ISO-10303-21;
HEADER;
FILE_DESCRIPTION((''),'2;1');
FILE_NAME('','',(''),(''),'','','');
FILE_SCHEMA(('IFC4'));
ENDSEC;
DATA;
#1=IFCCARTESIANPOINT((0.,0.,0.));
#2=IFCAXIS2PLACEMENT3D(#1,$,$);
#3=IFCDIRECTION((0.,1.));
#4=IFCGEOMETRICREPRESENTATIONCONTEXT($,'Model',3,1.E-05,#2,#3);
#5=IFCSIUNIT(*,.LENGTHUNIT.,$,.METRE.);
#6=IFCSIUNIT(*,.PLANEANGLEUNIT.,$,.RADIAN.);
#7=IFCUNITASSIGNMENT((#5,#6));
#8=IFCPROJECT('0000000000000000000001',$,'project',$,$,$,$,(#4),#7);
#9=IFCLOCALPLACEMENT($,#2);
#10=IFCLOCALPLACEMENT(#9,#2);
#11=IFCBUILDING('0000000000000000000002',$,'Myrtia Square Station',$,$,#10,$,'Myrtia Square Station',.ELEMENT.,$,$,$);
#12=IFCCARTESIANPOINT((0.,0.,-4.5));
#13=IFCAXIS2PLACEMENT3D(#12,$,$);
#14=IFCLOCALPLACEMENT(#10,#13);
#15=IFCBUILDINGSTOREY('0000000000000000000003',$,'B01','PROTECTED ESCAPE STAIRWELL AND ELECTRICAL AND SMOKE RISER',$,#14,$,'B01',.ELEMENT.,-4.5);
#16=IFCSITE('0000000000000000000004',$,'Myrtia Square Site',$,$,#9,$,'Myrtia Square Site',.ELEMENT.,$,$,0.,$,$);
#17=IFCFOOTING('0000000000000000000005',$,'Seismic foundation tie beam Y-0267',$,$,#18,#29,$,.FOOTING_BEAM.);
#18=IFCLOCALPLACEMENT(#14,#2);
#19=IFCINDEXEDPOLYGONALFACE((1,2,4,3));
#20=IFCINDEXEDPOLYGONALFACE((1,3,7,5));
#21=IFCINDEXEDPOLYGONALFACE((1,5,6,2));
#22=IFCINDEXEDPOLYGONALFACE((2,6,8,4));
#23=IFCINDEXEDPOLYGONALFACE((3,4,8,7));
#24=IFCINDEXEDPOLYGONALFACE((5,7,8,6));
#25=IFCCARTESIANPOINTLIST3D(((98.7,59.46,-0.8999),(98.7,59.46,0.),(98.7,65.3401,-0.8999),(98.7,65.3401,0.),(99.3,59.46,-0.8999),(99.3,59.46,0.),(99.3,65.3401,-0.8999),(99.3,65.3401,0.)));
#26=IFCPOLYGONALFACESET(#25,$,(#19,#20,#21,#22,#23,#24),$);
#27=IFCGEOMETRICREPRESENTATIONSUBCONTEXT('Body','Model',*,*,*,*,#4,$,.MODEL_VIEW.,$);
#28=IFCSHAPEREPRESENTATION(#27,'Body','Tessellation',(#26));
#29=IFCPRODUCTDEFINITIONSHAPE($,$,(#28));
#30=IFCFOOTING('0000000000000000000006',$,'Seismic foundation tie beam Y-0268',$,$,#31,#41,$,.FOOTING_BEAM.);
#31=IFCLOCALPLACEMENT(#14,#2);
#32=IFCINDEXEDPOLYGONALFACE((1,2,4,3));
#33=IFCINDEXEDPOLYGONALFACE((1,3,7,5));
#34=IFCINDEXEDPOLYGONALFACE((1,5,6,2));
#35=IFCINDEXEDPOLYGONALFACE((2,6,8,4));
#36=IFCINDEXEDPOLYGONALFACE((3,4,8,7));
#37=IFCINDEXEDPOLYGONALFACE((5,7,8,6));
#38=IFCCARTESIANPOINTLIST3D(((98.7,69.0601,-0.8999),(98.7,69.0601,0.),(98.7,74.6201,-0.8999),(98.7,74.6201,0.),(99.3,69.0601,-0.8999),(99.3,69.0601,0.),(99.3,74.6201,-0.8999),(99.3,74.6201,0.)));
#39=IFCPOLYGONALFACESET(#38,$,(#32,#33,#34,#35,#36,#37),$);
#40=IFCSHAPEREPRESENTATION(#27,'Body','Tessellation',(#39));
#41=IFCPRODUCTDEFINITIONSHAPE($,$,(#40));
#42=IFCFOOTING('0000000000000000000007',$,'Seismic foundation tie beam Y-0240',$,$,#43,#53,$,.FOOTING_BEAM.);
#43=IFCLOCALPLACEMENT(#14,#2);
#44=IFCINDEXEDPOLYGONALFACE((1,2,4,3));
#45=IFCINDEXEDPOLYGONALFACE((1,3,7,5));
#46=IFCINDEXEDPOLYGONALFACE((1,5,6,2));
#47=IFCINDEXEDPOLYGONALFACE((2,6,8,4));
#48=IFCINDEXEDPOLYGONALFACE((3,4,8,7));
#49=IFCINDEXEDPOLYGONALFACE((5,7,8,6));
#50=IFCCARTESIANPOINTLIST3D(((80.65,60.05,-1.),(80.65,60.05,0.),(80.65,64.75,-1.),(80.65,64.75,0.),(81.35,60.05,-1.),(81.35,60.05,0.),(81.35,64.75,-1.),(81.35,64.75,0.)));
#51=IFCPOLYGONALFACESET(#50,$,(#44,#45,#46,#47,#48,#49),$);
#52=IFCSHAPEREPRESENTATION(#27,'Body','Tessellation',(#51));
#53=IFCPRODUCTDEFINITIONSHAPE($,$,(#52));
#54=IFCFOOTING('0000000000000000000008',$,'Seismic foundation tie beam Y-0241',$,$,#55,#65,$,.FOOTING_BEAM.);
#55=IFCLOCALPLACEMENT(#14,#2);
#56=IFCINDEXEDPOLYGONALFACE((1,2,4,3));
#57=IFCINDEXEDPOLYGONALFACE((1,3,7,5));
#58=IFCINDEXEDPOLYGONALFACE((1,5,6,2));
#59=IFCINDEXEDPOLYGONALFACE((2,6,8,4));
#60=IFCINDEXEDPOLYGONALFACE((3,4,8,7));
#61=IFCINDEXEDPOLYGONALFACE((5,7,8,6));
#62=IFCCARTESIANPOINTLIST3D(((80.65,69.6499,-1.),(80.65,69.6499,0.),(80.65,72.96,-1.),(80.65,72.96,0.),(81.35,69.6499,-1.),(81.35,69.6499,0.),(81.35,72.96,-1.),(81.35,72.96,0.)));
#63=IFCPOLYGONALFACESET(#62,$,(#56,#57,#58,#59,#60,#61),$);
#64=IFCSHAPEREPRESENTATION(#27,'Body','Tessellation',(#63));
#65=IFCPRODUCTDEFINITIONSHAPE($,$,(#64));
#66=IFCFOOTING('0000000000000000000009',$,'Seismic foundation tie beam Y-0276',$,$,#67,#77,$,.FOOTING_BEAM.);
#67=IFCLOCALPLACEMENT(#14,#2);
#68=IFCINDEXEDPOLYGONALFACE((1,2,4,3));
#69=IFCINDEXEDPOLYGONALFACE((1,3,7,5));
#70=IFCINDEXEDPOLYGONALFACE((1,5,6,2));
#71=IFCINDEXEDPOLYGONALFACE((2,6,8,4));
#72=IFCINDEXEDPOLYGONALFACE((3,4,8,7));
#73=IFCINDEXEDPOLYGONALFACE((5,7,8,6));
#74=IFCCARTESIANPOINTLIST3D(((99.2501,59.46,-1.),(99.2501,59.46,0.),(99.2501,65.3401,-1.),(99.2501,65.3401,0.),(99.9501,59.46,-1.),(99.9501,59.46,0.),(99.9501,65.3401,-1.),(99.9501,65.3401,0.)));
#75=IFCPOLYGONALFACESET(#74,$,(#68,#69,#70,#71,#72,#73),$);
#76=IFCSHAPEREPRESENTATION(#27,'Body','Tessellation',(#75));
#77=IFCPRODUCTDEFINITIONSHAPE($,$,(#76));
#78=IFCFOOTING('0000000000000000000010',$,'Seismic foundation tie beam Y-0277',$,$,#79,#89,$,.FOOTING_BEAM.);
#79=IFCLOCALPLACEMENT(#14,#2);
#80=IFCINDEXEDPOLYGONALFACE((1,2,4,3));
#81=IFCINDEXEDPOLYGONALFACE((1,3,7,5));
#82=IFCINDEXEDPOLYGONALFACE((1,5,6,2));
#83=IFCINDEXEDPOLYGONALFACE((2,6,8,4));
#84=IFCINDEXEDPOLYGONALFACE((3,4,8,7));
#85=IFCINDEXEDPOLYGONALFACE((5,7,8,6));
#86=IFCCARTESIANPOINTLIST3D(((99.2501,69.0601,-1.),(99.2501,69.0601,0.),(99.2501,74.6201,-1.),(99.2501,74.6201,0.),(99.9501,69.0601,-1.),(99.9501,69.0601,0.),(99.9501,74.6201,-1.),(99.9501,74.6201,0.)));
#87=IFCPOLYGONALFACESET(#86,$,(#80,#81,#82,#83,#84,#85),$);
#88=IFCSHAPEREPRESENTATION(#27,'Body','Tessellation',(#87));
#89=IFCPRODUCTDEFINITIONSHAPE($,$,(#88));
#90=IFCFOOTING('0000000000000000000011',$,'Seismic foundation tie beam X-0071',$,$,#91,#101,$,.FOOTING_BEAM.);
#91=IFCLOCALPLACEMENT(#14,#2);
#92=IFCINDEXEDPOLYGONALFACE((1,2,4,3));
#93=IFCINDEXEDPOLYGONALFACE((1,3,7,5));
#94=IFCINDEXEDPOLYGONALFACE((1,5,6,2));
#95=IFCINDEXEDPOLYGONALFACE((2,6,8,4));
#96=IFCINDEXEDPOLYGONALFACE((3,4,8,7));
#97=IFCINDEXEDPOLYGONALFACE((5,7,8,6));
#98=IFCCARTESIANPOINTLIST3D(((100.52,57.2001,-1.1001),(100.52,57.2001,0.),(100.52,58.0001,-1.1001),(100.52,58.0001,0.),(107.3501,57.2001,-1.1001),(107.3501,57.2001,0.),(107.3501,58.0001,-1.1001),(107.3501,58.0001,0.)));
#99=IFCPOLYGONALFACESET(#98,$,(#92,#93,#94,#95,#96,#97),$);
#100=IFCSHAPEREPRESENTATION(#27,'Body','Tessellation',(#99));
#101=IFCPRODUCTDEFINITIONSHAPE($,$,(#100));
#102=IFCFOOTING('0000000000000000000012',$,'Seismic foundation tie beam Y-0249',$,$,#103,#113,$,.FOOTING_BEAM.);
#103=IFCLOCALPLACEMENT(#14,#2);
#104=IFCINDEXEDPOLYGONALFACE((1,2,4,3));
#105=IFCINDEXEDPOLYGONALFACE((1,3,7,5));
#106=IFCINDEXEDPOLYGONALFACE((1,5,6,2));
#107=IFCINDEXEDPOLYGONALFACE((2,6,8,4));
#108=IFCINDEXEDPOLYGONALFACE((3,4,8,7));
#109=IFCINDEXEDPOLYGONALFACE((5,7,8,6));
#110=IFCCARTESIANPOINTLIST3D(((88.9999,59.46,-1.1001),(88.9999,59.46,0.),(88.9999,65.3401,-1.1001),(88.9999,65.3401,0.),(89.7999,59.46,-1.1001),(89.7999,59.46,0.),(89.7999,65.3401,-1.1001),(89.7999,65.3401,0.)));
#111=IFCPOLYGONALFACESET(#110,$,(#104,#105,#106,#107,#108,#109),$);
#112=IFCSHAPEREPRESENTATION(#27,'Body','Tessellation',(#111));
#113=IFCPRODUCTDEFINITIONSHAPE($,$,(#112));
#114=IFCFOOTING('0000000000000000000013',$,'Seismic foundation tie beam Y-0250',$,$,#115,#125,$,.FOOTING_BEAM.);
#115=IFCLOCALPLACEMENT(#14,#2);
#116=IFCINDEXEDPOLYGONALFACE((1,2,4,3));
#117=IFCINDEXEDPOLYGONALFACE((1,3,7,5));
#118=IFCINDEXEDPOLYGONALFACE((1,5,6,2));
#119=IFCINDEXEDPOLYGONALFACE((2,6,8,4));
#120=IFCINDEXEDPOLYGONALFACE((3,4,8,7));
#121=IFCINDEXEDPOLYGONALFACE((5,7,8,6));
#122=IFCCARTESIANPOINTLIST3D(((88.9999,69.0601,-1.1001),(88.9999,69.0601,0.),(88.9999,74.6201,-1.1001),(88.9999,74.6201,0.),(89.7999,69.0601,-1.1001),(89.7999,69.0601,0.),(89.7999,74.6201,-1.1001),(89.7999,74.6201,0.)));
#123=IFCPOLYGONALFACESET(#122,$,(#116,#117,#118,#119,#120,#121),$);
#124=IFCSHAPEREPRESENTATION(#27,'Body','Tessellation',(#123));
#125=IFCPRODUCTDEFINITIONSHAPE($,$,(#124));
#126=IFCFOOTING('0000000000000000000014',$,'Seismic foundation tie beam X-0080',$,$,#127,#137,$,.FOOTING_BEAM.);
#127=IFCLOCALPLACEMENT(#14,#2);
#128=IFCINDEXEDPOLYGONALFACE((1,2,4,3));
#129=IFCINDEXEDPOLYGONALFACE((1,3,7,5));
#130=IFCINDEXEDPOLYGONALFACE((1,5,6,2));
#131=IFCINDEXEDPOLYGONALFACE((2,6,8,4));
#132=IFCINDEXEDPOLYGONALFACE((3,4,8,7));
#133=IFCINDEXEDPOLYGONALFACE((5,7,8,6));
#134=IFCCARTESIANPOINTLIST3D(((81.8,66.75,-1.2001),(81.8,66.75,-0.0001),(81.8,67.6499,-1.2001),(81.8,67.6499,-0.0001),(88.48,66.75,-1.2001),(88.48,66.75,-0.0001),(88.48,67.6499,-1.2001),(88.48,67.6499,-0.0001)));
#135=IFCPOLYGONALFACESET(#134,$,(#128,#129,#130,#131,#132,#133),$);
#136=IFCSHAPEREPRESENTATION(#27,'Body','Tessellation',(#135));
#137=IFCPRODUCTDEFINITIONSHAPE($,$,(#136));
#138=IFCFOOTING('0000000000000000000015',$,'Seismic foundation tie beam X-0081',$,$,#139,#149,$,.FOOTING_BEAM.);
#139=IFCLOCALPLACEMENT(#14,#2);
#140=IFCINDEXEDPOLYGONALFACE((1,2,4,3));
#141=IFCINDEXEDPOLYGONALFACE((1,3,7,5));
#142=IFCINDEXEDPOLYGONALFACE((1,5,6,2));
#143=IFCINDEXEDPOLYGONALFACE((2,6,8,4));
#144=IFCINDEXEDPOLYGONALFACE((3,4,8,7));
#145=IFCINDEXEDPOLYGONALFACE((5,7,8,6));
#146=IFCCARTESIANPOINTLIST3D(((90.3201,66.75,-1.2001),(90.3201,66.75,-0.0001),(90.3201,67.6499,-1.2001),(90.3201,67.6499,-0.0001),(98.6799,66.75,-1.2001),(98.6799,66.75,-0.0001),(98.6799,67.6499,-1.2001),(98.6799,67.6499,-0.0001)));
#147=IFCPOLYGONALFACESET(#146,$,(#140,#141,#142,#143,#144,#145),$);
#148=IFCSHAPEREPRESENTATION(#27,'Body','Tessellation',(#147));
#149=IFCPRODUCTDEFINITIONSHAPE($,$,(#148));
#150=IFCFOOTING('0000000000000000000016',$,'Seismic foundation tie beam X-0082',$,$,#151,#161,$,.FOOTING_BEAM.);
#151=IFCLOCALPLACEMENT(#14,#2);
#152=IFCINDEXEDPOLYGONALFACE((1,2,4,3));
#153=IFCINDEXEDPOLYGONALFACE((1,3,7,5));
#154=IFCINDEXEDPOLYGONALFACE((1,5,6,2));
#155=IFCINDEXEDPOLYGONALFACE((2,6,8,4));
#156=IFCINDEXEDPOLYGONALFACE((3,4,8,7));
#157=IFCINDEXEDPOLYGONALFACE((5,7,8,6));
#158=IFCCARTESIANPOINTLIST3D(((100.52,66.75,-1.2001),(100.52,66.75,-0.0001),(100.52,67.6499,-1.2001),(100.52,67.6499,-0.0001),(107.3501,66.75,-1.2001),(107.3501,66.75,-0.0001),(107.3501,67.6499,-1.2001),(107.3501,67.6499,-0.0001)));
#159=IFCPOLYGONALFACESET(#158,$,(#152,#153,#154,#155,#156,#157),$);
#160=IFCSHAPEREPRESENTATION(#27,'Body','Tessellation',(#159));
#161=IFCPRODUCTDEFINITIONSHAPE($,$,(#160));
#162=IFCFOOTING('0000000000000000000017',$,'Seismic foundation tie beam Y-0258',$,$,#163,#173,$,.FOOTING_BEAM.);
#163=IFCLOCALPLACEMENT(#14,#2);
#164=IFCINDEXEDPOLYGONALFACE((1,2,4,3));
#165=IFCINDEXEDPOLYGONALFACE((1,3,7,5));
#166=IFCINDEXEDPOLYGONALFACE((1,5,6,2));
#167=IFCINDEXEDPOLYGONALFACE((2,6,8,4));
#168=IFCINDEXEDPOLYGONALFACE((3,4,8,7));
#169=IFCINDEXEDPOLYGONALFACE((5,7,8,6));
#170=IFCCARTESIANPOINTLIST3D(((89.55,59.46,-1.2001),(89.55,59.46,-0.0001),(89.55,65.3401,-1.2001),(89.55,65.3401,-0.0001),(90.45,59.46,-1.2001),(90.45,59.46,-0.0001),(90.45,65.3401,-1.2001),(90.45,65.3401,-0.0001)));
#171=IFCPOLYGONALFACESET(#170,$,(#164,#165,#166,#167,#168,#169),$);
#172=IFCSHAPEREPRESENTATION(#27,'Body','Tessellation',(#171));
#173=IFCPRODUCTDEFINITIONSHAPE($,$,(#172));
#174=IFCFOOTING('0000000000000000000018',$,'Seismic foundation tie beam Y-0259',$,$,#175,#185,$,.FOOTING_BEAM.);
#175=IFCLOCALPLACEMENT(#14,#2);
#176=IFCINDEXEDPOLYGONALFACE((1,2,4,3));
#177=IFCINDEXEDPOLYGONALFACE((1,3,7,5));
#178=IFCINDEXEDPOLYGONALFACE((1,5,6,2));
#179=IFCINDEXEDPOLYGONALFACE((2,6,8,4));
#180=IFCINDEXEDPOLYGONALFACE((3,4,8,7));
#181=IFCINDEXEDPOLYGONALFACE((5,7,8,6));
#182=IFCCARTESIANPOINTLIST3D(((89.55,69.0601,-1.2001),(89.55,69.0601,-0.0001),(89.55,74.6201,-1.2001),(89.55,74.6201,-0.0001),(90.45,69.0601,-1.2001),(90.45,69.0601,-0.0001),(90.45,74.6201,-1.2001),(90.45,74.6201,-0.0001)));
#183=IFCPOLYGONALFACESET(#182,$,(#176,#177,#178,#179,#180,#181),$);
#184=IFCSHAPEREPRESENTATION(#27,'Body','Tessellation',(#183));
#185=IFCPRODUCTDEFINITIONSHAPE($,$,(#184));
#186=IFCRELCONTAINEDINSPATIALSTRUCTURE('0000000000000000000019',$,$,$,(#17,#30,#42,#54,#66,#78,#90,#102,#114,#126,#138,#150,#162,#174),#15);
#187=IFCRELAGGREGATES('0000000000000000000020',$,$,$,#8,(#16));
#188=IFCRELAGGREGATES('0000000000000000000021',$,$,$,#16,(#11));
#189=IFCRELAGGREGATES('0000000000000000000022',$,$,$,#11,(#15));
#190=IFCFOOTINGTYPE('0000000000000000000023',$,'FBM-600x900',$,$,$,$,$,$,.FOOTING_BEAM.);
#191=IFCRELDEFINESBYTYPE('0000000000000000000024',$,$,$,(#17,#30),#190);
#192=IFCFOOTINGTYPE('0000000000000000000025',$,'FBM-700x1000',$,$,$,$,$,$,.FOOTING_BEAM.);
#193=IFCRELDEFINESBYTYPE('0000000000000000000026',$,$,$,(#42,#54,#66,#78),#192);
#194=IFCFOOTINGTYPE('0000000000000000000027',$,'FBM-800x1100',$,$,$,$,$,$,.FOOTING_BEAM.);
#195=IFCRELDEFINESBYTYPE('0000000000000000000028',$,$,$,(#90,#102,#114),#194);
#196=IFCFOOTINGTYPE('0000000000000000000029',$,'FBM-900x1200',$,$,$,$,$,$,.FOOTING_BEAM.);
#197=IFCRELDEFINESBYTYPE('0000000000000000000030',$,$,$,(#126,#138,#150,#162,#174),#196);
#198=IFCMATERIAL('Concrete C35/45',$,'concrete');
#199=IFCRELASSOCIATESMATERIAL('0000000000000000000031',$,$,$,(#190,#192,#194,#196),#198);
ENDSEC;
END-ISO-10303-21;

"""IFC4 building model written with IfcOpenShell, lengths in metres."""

from ifc_helpers import new_model, si_unit, direction, frame, origin, origin_2d, place, context, subcontext, project, spatial, rectangle, extrude, material, material_profile, profile_set, type_object, element, save


model = new_model("IFC4")

# Units and contexts
model_context = context("Model", 3, precision=1e-05, world=origin(), true_north=direction((0.0, 1.0)))
body_context = subcontext(model_context, "Body", "Model", "MODEL_VIEW")
ifc_project = project(units=[si_unit("LENGTHUNIT", "METRE"), si_unit("PLANEANGLEUNIT", "RADIAN")], contexts=[model_context])

# Site, building, storey
site_placement = place(None, origin())
site = spatial("IfcSite", under=ifc_project, at=site_placement, Name="Myrtia Square Site", LongName="Myrtia Square Site", CompositionType="ELEMENT", RefElevation=0.0)
building_placement = place(site_placement, origin())
building = spatial("IfcBuilding", under=site, at=building_placement, Name="Myrtia Square Station", LongName="Myrtia Square Station", CompositionType="ELEMENT")
storey_placement = place(building_placement, frame((0.0, 0.0, -4.5)))
storey = spatial("IfcBuildingStorey", under=building, at=storey_placement, Name="B01", Description="PROTECTED ESCAPE STAIRWELL AND ELECTRICAL AND SMOKE RISER", LongName="B01", CompositionType="ELEMENT", Elevation=-4.5)

# Footings
ifc_material_1 = material(Name="Concrete C35/45", Category="concrete")
ifc_material_profile_1 = material_profile(ifc_material_1, rectangle(XDim=0.6001, YDim=0.8999, at=origin_2d()), Name="FB 600x900")
ifc_profile_set_1 = profile_set([ifc_material_profile_1], Name="Concrete C35/45")
footing_type_1 = type_object("IfcFootingType", Name="FBM-600x900", PredefinedType="FOOTING_BEAM", material=ifc_profile_set_1)
footing_1_placement = place(storey_placement, frame((99.0, 59.46, -0.45), z_axis=(0.0, 1.0, 0.0), x_axis=(-1.0, 0.0, 0.0)))
element("IfcFooting", 1, at=footing_1_placement, inside=storey, type_object=footing_type_1, Name="Seismic foundation tie beam Y-0267", PredefinedType="FOOTING_BEAM", context=body_context, shape_type="SweptSolid", body=[
    extrude(rectangle(XDim=0.6001, YDim=0.8999, at=origin_2d()), origin(), (0.0, 0.0, 1.0), 5.8801),
])
footing_2_placement = place(storey_placement, frame((99.0, 69.0601, -0.45), z_axis=(0.0, 1.0, 0.0), x_axis=(-1.0, 0.0, 0.0)))
element("IfcFooting", 2, at=footing_2_placement, inside=storey, type_object=footing_type_1, Name="Seismic foundation tie beam Y-0268", PredefinedType="FOOTING_BEAM", context=body_context, shape_type="SweptSolid", body=[
    extrude(rectangle(XDim=0.6001, YDim=0.8999, at=origin_2d()), origin(), (0.0, 0.0, 1.0), 5.5601),
])
ifc_material_profile_2 = material_profile(ifc_material_1, rectangle(XDim=0.7, YDim=1.0, at=origin_2d()), Name="FB 700x1000")
ifc_profile_set_2 = profile_set([ifc_material_profile_2], Name="Concrete C35/45")
footing_type_2 = type_object("IfcFootingType", Name="FBM-700x1000", PredefinedType="FOOTING_BEAM", material=ifc_profile_set_2)
footing_3_placement = place(storey_placement, frame((81.0, 60.05, -0.5), z_axis=(0.0, 1.0, 0.0), x_axis=(-1.0, 0.0, 0.0)))
element("IfcFooting", 3, at=footing_3_placement, inside=storey, type_object=footing_type_2, Name="Seismic foundation tie beam Y-0240", PredefinedType="FOOTING_BEAM", context=body_context, shape_type="SweptSolid", body=[
    extrude(rectangle(XDim=0.7, YDim=1.0, at=origin_2d()), origin(), (0.0, 0.0, 1.0), 4.7),
])
footing_4_placement = place(storey_placement, frame((81.0, 69.6499, -0.5), z_axis=(0.0, 1.0, 0.0), x_axis=(-1.0, 0.0, 0.0)))
element("IfcFooting", 4, at=footing_4_placement, inside=storey, type_object=footing_type_2, Name="Seismic foundation tie beam Y-0241", PredefinedType="FOOTING_BEAM", context=body_context, shape_type="SweptSolid", body=[
    extrude(rectangle(XDim=0.7, YDim=1.0, at=origin_2d()), origin(), (0.0, 0.0, 1.0), 3.3101),
])
footing_5_placement = place(storey_placement, frame((99.6001, 59.46, -0.5), z_axis=(0.0, 1.0, 0.0), x_axis=(-1.0, 0.0, 0.0)))
element("IfcFooting", 5, at=footing_5_placement, inside=storey, type_object=footing_type_2, Name="Seismic foundation tie beam Y-0276", PredefinedType="FOOTING_BEAM", context=body_context, shape_type="SweptSolid", body=[
    extrude(rectangle(XDim=0.7, YDim=1.0, at=origin_2d()), origin(), (0.0, 0.0, 1.0), 5.8801),
])
footing_6_placement = place(storey_placement, frame((99.6001, 69.0601, -0.5), z_axis=(0.0, 1.0, 0.0), x_axis=(-1.0, 0.0, 0.0)))
element("IfcFooting", 6, at=footing_6_placement, inside=storey, type_object=footing_type_2, Name="Seismic foundation tie beam Y-0277", PredefinedType="FOOTING_BEAM", context=body_context, shape_type="SweptSolid", body=[
    extrude(rectangle(XDim=0.7, YDim=1.0, at=origin_2d()), origin(), (0.0, 0.0, 1.0), 5.5601),
])
ifc_material_profile_3 = material_profile(ifc_material_1, rectangle(XDim=0.8, YDim=1.1001, at=origin_2d()), Name="FB 800x1100")
ifc_profile_set_3 = profile_set([ifc_material_profile_3], Name="Concrete C35/45")
footing_type_3 = type_object("IfcFootingType", Name="FBM-800x1100", PredefinedType="FOOTING_BEAM", material=ifc_profile_set_3)
footing_7_placement = place(storey_placement, frame((100.52, 57.6001, -0.55), z_axis=(1.0, 0.0, 0.0), x_axis=(0.0, 1.0, 0.0)))
element("IfcFooting", 7, at=footing_7_placement, inside=storey, type_object=footing_type_3, Name="Seismic foundation tie beam X-0071", PredefinedType="FOOTING_BEAM", context=body_context, shape_type="SweptSolid", body=[
    extrude(rectangle(XDim=0.8, YDim=1.1001, at=origin_2d()), origin(), (0.0, 0.0, 1.0), 6.8301),
])
footing_8_placement = place(storey_placement, frame((89.3999, 59.46, -0.55), z_axis=(0.0, 1.0, 0.0), x_axis=(-1.0, 0.0, 0.0)))
element("IfcFooting", 8, at=footing_8_placement, inside=storey, type_object=footing_type_3, Name="Seismic foundation tie beam Y-0249", PredefinedType="FOOTING_BEAM", context=body_context, shape_type="SweptSolid", body=[
    extrude(rectangle(XDim=0.8, YDim=1.1001, at=origin_2d()), origin(), (0.0, 0.0, 1.0), 5.8801),
])
footing_9_placement = place(storey_placement, frame((89.3999, 69.0601, -0.55), z_axis=(0.0, 1.0, 0.0), x_axis=(-1.0, 0.0, 0.0)))
element("IfcFooting", 9, at=footing_9_placement, inside=storey, type_object=footing_type_3, Name="Seismic foundation tie beam Y-0250", PredefinedType="FOOTING_BEAM", context=body_context, shape_type="SweptSolid", body=[
    extrude(rectangle(XDim=0.8, YDim=1.1001, at=origin_2d()), origin(), (0.0, 0.0, 1.0), 5.5601),
])
ifc_material_profile_4 = material_profile(ifc_material_1, rectangle(XDim=0.8999, YDim=1.2, at=origin_2d()), Name="FB 900x1200")
ifc_profile_set_4 = profile_set([ifc_material_profile_4], Name="Concrete C35/45")
footing_type_4 = type_object("IfcFootingType", Name="FBM-900x1200", PredefinedType="FOOTING_BEAM", material=ifc_profile_set_4)
footing_10_placement = place(storey_placement, frame((81.8, 67.2, -0.6001), z_axis=(1.0, 0.0, 0.0), x_axis=(0.0, 1.0, 0.0)))
element("IfcFooting", 10, at=footing_10_placement, inside=storey, type_object=footing_type_4, Name="Seismic foundation tie beam X-0080", PredefinedType="FOOTING_BEAM", context=body_context, shape_type="SweptSolid", body=[
    extrude(rectangle(XDim=0.8999, YDim=1.2, at=origin_2d()), origin(), (0.0, 0.0, 1.0), 6.6799),
])
footing_11_placement = place(storey_placement, frame((90.3201, 67.2, -0.6001), z_axis=(1.0, 0.0, 0.0), x_axis=(0.0, 1.0, 0.0)))
element("IfcFooting", 11, at=footing_11_placement, inside=storey, type_object=footing_type_4, Name="Seismic foundation tie beam X-0081", PredefinedType="FOOTING_BEAM", context=body_context, shape_type="SweptSolid", body=[
    extrude(rectangle(XDim=0.8999, YDim=1.2, at=origin_2d()), origin(), (0.0, 0.0, 1.0), 8.3599),
])
footing_12_placement = place(storey_placement, frame((100.52, 67.2, -0.6001), z_axis=(1.0, 0.0, 0.0), x_axis=(0.0, 1.0, 0.0)))
element("IfcFooting", 12, at=footing_12_placement, inside=storey, type_object=footing_type_4, Name="Seismic foundation tie beam X-0082", PredefinedType="FOOTING_BEAM", context=body_context, shape_type="SweptSolid", body=[
    extrude(rectangle(XDim=0.8999, YDim=1.2, at=origin_2d()), origin(), (0.0, 0.0, 1.0), 6.8301),
])
footing_13_placement = place(storey_placement, frame((90.0, 59.46, -0.6001), z_axis=(0.0, 1.0, 0.0), x_axis=(-1.0, 0.0, 0.0)))
element("IfcFooting", 13, at=footing_13_placement, inside=storey, type_object=footing_type_4, Name="Seismic foundation tie beam Y-0258", PredefinedType="FOOTING_BEAM", context=body_context, shape_type="SweptSolid", body=[
    extrude(rectangle(XDim=0.8999, YDim=1.2, at=origin_2d()), origin(), (0.0, 0.0, 1.0), 5.8801),
])
footing_14_placement = place(storey_placement, frame((90.0, 69.0601, -0.6001), z_axis=(0.0, 1.0, 0.0), x_axis=(-1.0, 0.0, 0.0)))
element("IfcFooting", 14, at=footing_14_placement, inside=storey, type_object=footing_type_4, Name="Seismic foundation tie beam Y-0259", PredefinedType="FOOTING_BEAM", context=body_context, shape_type="SweptSolid", body=[
    extrude(rectangle(XDim=0.8999, YDim=1.2, at=origin_2d()), origin(), (0.0, 0.0, 1.0), 5.5601),
])

save(model, "model.ifc")
